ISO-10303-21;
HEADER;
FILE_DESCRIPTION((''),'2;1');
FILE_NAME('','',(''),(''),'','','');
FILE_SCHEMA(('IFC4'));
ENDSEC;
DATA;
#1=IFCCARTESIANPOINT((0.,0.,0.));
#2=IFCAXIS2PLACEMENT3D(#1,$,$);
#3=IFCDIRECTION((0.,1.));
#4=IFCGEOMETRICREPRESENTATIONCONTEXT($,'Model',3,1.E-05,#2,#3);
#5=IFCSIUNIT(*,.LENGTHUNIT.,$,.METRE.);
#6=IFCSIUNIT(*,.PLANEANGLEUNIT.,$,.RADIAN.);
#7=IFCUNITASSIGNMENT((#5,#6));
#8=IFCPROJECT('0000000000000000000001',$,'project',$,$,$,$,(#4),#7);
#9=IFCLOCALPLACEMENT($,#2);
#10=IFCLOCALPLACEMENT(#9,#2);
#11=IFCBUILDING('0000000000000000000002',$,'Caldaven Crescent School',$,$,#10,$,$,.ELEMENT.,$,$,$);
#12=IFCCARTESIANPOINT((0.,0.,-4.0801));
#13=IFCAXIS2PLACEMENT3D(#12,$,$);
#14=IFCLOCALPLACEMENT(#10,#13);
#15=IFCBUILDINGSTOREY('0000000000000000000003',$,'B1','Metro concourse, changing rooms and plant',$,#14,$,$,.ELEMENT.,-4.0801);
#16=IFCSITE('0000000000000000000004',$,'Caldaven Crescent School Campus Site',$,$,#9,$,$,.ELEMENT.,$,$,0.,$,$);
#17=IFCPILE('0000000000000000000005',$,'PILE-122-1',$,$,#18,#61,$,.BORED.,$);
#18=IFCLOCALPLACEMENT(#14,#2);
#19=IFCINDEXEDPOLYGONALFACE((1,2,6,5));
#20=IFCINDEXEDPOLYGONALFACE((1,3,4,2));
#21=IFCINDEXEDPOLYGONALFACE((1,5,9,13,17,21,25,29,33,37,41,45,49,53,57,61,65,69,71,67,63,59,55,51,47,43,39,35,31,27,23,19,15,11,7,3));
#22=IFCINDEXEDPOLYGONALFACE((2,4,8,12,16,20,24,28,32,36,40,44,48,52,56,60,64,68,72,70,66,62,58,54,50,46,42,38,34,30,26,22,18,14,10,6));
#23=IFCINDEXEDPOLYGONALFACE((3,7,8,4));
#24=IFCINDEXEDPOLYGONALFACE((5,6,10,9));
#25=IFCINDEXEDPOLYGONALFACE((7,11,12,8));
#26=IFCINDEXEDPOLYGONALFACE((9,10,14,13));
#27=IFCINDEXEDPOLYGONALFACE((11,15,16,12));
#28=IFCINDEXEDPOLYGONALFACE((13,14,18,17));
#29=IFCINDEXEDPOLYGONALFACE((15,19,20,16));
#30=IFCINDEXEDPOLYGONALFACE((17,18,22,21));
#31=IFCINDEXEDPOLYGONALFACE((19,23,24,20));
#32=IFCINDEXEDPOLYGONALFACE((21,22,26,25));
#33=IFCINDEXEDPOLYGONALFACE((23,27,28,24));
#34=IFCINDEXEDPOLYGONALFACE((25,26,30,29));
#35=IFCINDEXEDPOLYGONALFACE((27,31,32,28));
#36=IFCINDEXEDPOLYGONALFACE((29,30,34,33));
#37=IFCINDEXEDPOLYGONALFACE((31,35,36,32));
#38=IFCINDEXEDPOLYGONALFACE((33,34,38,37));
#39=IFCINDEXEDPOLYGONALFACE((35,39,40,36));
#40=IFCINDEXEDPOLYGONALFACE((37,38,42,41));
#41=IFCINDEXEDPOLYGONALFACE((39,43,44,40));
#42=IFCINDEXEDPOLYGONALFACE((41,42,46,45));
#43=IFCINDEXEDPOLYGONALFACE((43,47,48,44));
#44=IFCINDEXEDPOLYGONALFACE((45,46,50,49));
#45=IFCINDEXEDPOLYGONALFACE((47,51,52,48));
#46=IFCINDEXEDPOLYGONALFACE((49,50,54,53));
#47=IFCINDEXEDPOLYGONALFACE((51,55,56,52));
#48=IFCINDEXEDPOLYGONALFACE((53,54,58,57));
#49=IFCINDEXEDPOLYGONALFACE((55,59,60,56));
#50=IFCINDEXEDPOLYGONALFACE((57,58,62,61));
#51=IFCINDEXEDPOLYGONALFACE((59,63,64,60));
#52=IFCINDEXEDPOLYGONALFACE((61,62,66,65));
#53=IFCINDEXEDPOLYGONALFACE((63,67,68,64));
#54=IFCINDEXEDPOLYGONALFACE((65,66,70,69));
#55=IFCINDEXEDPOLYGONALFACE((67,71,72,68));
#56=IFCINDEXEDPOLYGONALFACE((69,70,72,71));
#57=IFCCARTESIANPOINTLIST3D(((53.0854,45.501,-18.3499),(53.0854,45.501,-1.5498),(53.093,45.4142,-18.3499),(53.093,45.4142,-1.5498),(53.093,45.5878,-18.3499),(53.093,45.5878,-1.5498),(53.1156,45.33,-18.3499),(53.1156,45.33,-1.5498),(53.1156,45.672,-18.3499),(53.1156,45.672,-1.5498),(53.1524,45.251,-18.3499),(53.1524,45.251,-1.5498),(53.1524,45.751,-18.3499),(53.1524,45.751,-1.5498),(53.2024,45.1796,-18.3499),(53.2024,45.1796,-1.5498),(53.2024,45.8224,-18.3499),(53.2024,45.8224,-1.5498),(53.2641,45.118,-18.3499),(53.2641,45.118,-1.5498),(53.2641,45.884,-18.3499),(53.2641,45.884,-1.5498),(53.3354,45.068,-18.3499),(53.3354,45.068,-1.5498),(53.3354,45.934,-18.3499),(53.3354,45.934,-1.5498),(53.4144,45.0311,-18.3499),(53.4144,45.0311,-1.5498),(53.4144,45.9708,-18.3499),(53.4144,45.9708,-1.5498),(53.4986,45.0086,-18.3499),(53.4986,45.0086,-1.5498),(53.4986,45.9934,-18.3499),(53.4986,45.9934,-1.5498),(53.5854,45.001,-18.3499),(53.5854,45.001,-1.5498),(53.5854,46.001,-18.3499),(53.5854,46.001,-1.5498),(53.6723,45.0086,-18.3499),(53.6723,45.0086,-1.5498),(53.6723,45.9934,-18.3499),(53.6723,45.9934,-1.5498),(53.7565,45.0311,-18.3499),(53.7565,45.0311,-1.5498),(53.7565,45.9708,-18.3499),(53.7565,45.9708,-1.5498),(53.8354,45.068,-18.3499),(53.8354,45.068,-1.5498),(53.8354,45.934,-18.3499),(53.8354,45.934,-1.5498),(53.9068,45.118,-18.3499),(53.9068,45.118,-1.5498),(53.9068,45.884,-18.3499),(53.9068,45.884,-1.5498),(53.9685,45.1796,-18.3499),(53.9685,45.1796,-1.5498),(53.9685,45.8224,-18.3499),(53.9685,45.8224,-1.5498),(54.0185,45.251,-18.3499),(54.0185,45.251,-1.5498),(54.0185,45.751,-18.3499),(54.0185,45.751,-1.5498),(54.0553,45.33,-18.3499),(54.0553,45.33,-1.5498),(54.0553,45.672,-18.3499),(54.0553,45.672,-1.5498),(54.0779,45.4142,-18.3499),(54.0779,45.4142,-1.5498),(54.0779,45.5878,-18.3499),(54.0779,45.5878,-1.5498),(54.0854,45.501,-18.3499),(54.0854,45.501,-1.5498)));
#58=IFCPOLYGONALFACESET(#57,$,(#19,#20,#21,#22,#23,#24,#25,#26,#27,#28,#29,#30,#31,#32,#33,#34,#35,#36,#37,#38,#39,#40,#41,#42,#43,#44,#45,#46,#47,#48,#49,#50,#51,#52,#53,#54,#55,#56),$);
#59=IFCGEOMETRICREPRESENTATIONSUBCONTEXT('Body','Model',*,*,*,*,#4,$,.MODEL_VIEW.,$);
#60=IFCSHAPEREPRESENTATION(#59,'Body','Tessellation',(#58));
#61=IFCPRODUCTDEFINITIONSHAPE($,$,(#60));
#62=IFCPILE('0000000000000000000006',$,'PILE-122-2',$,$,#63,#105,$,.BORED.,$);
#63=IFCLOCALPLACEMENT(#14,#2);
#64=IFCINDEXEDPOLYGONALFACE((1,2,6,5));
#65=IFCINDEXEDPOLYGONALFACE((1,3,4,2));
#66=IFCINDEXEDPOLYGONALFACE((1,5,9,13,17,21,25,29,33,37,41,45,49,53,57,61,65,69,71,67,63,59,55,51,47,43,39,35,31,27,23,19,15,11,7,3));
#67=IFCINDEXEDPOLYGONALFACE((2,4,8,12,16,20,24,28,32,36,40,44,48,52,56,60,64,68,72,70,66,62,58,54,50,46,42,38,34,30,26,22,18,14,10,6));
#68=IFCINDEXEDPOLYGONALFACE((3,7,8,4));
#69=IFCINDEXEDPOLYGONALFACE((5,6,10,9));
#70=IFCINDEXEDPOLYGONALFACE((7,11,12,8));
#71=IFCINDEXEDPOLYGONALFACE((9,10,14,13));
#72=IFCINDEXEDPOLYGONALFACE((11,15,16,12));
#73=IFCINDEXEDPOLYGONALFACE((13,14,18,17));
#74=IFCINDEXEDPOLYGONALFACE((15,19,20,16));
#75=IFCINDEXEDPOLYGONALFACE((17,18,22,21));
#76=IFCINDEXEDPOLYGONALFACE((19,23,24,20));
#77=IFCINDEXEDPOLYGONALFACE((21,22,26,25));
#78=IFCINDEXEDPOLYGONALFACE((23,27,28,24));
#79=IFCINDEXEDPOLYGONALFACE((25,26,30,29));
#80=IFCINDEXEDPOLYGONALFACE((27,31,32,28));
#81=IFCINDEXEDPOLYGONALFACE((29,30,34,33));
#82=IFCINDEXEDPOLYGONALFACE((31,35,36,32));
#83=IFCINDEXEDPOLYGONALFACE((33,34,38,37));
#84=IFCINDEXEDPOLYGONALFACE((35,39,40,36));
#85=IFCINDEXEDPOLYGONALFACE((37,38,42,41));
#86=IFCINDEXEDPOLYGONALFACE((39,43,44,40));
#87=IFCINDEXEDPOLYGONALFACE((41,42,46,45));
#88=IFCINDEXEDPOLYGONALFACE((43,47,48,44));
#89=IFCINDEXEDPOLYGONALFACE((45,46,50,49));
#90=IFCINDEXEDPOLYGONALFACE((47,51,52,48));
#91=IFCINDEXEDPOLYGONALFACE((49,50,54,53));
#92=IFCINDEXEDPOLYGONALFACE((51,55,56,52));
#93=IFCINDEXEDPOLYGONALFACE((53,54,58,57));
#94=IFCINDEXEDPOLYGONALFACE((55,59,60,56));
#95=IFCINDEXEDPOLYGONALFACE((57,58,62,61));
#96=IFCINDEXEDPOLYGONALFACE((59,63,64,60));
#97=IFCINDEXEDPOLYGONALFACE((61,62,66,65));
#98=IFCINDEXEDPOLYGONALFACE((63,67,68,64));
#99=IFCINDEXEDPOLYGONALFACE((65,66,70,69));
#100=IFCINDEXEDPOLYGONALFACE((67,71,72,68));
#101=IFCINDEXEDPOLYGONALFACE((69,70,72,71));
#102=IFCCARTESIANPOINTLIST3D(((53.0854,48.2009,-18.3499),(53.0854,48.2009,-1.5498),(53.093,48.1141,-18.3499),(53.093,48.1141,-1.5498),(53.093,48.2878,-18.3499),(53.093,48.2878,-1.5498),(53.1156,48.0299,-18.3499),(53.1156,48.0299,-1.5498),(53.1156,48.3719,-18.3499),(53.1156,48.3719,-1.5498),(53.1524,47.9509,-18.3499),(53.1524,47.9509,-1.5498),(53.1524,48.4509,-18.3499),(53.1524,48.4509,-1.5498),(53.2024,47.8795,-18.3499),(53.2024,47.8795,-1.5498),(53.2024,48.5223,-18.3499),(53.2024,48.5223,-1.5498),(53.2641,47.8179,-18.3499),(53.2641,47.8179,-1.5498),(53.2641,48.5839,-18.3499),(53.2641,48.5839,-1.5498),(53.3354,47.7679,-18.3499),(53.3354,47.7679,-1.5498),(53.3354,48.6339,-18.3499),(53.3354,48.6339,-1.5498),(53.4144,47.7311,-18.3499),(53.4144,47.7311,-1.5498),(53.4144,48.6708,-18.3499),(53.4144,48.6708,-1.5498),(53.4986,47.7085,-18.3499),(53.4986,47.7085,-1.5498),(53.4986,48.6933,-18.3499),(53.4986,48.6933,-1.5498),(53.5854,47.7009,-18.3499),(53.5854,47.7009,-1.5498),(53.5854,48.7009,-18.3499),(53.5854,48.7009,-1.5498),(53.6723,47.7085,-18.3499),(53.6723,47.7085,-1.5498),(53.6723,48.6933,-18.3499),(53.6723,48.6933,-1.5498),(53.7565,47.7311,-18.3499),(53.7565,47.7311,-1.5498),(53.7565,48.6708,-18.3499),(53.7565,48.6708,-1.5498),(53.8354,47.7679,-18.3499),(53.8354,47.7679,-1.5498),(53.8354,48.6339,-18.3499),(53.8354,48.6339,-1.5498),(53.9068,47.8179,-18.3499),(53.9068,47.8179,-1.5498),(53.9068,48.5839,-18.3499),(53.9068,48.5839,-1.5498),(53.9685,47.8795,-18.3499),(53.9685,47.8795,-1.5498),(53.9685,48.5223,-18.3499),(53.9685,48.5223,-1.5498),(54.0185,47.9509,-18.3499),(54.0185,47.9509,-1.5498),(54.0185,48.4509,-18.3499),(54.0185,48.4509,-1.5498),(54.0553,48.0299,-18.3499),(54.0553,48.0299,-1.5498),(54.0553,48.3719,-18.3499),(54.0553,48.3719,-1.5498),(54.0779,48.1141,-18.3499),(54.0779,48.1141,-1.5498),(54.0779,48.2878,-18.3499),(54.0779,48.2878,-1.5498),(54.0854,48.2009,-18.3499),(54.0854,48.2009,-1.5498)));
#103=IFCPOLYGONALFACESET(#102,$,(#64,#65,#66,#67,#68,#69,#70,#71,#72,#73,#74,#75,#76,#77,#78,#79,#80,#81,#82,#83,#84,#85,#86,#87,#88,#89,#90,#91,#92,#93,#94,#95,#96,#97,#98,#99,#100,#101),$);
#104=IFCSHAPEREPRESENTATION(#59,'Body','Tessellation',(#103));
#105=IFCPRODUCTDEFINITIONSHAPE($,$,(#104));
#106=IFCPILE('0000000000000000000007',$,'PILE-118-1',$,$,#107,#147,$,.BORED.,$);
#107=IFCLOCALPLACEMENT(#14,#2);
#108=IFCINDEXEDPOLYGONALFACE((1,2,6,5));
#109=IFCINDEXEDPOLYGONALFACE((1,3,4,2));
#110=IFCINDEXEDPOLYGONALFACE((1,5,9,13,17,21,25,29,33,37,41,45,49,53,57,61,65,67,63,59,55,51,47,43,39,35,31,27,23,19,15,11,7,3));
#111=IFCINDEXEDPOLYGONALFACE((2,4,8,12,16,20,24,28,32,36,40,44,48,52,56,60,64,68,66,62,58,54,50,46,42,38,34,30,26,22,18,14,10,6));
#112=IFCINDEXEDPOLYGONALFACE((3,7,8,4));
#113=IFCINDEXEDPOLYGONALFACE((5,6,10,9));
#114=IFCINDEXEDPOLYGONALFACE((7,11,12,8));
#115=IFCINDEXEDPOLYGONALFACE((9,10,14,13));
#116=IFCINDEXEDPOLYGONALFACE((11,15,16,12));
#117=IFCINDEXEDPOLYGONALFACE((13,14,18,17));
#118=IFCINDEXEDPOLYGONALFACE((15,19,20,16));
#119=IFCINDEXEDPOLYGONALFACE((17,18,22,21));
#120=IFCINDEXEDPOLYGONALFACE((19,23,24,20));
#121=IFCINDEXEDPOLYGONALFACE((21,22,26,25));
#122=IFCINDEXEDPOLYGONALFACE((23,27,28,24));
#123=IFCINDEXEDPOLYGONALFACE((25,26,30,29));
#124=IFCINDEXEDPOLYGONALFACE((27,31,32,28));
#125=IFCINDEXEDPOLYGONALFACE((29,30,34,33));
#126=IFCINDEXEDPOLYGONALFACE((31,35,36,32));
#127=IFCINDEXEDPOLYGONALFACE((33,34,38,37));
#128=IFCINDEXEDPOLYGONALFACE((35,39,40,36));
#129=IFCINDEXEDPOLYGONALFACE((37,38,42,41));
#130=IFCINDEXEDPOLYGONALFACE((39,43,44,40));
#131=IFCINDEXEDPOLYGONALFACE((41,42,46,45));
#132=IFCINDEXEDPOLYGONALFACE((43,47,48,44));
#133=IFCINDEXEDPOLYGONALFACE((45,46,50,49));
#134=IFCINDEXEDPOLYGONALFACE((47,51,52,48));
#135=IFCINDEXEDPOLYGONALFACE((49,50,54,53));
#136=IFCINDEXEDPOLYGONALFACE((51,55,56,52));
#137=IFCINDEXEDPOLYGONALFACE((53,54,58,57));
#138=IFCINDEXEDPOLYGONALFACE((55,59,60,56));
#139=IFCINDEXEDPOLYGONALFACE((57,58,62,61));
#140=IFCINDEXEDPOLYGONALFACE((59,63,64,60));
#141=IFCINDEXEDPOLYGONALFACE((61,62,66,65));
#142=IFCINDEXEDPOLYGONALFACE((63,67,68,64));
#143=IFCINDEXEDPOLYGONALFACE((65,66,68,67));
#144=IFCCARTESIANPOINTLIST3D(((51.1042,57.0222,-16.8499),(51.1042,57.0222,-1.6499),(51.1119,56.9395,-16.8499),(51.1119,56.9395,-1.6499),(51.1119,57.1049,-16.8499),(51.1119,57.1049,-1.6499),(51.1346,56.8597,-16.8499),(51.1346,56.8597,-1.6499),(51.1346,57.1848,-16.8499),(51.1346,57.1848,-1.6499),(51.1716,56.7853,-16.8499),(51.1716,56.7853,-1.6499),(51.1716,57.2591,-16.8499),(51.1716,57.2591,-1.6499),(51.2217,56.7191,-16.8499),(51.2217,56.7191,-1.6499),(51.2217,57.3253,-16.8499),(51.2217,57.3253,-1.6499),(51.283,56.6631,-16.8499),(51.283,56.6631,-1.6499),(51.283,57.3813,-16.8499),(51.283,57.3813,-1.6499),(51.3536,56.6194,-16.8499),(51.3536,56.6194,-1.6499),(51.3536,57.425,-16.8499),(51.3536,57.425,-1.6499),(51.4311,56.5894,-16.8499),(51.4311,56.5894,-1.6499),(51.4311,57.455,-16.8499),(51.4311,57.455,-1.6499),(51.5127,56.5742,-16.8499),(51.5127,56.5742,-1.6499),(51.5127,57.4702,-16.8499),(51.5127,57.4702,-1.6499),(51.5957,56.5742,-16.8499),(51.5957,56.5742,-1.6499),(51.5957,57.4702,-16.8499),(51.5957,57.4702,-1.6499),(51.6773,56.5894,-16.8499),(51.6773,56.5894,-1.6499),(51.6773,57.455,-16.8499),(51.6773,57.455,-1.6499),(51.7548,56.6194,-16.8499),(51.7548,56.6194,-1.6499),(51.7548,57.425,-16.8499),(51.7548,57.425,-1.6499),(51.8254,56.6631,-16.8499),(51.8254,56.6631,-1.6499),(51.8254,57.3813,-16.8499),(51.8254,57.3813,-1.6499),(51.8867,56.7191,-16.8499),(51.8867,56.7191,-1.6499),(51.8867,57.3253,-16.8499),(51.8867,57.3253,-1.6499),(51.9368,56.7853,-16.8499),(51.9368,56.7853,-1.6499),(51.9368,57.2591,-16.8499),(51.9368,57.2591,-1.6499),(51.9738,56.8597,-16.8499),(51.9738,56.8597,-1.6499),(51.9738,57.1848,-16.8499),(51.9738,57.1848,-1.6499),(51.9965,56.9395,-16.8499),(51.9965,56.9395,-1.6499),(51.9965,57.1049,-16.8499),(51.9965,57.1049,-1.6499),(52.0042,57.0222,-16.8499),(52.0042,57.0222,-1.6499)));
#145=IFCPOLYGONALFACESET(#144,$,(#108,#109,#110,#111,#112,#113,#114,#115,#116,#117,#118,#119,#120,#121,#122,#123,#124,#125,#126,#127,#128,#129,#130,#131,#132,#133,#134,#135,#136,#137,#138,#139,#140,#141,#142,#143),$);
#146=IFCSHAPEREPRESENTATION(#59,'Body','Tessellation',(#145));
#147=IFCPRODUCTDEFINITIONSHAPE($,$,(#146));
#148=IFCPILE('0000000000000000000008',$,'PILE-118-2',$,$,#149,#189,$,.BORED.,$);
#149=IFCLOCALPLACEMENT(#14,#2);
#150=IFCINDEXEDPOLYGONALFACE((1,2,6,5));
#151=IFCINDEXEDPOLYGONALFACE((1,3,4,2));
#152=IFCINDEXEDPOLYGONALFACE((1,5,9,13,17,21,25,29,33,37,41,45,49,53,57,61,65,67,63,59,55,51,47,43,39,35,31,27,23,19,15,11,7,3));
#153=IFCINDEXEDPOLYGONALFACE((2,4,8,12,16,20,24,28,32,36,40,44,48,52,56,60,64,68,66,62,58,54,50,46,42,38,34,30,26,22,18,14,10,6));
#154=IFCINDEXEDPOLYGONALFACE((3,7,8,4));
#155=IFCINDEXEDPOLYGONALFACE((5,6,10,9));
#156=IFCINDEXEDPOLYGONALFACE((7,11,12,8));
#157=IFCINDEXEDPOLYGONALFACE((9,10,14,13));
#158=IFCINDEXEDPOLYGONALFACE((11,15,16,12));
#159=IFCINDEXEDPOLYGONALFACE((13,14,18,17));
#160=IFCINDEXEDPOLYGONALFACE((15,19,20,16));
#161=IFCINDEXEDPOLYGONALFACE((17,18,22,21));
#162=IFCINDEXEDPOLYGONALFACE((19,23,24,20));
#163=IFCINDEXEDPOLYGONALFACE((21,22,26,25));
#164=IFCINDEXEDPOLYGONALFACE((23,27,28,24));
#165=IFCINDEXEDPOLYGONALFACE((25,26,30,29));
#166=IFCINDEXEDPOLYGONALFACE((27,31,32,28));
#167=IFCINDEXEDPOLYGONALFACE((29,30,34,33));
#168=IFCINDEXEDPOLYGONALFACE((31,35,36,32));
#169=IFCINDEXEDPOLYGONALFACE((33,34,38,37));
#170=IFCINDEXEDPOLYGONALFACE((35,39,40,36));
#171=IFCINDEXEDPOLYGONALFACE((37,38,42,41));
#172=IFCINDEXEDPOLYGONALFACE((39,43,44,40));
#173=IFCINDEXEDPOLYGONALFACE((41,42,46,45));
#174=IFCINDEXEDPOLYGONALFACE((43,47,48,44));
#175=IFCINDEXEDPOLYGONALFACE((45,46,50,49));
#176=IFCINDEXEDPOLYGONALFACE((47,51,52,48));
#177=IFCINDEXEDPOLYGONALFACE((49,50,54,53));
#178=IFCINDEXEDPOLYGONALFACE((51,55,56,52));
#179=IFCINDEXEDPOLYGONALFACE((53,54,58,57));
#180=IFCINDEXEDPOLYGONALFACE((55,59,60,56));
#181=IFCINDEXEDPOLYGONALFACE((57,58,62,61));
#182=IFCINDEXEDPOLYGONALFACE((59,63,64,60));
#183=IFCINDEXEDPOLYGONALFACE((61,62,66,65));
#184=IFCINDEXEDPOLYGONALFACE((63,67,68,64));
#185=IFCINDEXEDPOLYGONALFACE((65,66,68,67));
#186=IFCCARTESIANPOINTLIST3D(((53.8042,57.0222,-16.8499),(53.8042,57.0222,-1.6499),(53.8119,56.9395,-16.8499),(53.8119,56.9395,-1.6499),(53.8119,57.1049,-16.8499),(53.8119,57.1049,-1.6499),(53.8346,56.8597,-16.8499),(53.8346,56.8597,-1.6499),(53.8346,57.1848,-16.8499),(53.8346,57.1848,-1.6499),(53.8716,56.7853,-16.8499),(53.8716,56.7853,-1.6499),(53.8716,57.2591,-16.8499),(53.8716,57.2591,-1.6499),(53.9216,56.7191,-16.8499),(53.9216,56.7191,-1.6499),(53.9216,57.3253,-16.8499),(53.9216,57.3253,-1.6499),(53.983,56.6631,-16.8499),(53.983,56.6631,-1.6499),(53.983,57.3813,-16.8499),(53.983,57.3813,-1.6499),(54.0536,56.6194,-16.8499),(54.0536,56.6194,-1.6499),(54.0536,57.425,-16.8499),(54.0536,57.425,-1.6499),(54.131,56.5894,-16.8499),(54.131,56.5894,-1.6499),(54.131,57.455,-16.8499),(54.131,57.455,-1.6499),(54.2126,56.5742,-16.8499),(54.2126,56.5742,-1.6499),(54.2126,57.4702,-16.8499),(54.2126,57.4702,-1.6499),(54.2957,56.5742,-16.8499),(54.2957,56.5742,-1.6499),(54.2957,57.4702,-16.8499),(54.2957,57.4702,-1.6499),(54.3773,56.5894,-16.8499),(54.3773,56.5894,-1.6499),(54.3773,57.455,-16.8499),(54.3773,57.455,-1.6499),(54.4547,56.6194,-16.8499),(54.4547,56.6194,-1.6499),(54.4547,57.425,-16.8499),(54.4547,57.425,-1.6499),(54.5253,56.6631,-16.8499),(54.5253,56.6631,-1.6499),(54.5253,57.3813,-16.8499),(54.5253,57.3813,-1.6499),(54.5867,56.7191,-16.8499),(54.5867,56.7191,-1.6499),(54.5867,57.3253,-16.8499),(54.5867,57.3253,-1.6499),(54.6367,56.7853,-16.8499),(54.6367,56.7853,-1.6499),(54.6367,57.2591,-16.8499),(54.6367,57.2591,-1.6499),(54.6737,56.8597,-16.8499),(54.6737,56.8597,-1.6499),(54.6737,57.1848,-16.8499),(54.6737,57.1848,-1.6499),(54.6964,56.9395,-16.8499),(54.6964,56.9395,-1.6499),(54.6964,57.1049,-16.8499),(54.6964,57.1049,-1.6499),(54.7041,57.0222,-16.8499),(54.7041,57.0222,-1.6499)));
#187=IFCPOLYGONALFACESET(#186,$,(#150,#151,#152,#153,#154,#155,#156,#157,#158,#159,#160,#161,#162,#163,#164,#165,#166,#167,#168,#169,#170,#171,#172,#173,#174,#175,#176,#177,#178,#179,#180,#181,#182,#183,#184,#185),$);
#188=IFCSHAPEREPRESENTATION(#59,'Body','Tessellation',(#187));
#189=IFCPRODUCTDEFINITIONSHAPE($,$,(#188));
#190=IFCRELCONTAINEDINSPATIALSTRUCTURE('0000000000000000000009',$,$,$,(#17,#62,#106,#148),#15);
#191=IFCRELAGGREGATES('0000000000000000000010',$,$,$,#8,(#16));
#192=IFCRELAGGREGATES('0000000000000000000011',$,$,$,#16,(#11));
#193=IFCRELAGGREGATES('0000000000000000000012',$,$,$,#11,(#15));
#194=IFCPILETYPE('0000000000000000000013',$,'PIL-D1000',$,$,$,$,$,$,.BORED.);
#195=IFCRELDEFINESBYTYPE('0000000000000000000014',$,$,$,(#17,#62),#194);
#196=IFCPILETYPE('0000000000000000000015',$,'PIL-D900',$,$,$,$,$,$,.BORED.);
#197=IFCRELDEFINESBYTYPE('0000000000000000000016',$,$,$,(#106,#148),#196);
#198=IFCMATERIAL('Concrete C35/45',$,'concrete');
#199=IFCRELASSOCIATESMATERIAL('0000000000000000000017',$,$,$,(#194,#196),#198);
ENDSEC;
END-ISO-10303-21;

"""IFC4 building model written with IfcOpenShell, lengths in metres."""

from ifc_helpers import new_model, si_unit, direction, frame, origin, origin_2d, place, context, subcontext, project, spatial, circle, extrude, material, material_profile, profile_set, type_object, element, save


model = new_model("IFC4")

# Units and contexts
model_context = context("Model", 3, precision=1e-05, world=origin(), true_north=direction((0.0, 1.0)))
body_context = subcontext(model_context, "Body", "Model", "MODEL_VIEW")
ifc_project = project(units=[si_unit("LENGTHUNIT", "METRE"), si_unit("PLANEANGLEUNIT", "RADIAN")], contexts=[model_context])

# Site, building, storey
site_placement = place(None, origin())
site = spatial("IfcSite", under=ifc_project, at=site_placement, Name="Caldaven Crescent School Campus Site", CompositionType="ELEMENT", RefElevation=0.0)
building_placement = place(site_placement, origin())
building = spatial("IfcBuilding", under=site, at=building_placement, Name="Caldaven Crescent School", CompositionType="ELEMENT")
storey_placement = place(building_placement, frame((0.0, 0.0, -4.0801)))
storey = spatial("IfcBuildingStorey", under=building, at=storey_placement, Name="B1", Description="Metro concourse, changing rooms and plant", CompositionType="ELEMENT", Elevation=-4.0801)

# Shared definitions
ifc_material_1 = material(Name="Concrete C35/45", Category="concrete")

# Piles
ifc_material_profile_1 = material_profile(ifc_material_1, circle(Radius=0.5, at=origin_2d()), Name="PILE D1000")
ifc_profile_set_1 = profile_set([ifc_material_profile_1], Name="Concrete C35/45")
pile_type_1 = type_object("IfcPileType", Name="PIL-D1000", PredefinedType="BORED", material=ifc_profile_set_1)
for number, where, z_axis, x_axis, name in (
    (1, (53.5854, 45.501, -1.5498), (0.0, 0.0, -1.0), (1.0, 0.0, 0.0), "PILE-122-1"),
    (2, (53.5854, 48.2009, -1.5498), (0.0, 0.0, -1.0), (1.0, 0.0, 0.0), "PILE-122-2"),
):
    element("IfcPile", number, at=place(storey_placement, frame(where, z_axis=z_axis, x_axis=x_axis)), inside=storey, type_object=pile_type_1, Name=name, PredefinedType="BORED", context=body_context, shape_type="SweptSolid", body=[
        extrude(circle(Radius=0.5, at=origin_2d()), origin(), (0.0, 0.0, 1.0), 16.8),
    ])
ifc_material_profile_2 = material_profile(ifc_material_1, circle(Radius=0.45, at=origin_2d()), Name="PILE D900")
ifc_profile_set_2 = profile_set([ifc_material_profile_2], Name="Concrete C35/45")
pile_type_2 = type_object("IfcPileType", Name="PIL-D900", PredefinedType="BORED", material=ifc_profile_set_2)
for number, where, z_axis, x_axis, name in (
    (3, (51.5542, 57.0222, -1.6499), (0.0, 0.0, -1.0), (1.0, 0.0, 0.0), "PILE-118-1"),
    (4, (54.2542, 57.0222, -1.6499), (0.0, 0.0, -1.0), (1.0, 0.0, 0.0), "PILE-118-2"),
):
    element("IfcPile", number, at=place(storey_placement, frame(where, z_axis=z_axis, x_axis=x_axis)), inside=storey, type_object=pile_type_2, Name=name, PredefinedType="BORED", context=body_context, shape_type="SweptSolid", body=[
        extrude(circle(Radius=0.45, at=origin_2d()), origin(), (0.0, 0.0, 1.0), 15.2),
    ])

save(model, "model.ifc")
